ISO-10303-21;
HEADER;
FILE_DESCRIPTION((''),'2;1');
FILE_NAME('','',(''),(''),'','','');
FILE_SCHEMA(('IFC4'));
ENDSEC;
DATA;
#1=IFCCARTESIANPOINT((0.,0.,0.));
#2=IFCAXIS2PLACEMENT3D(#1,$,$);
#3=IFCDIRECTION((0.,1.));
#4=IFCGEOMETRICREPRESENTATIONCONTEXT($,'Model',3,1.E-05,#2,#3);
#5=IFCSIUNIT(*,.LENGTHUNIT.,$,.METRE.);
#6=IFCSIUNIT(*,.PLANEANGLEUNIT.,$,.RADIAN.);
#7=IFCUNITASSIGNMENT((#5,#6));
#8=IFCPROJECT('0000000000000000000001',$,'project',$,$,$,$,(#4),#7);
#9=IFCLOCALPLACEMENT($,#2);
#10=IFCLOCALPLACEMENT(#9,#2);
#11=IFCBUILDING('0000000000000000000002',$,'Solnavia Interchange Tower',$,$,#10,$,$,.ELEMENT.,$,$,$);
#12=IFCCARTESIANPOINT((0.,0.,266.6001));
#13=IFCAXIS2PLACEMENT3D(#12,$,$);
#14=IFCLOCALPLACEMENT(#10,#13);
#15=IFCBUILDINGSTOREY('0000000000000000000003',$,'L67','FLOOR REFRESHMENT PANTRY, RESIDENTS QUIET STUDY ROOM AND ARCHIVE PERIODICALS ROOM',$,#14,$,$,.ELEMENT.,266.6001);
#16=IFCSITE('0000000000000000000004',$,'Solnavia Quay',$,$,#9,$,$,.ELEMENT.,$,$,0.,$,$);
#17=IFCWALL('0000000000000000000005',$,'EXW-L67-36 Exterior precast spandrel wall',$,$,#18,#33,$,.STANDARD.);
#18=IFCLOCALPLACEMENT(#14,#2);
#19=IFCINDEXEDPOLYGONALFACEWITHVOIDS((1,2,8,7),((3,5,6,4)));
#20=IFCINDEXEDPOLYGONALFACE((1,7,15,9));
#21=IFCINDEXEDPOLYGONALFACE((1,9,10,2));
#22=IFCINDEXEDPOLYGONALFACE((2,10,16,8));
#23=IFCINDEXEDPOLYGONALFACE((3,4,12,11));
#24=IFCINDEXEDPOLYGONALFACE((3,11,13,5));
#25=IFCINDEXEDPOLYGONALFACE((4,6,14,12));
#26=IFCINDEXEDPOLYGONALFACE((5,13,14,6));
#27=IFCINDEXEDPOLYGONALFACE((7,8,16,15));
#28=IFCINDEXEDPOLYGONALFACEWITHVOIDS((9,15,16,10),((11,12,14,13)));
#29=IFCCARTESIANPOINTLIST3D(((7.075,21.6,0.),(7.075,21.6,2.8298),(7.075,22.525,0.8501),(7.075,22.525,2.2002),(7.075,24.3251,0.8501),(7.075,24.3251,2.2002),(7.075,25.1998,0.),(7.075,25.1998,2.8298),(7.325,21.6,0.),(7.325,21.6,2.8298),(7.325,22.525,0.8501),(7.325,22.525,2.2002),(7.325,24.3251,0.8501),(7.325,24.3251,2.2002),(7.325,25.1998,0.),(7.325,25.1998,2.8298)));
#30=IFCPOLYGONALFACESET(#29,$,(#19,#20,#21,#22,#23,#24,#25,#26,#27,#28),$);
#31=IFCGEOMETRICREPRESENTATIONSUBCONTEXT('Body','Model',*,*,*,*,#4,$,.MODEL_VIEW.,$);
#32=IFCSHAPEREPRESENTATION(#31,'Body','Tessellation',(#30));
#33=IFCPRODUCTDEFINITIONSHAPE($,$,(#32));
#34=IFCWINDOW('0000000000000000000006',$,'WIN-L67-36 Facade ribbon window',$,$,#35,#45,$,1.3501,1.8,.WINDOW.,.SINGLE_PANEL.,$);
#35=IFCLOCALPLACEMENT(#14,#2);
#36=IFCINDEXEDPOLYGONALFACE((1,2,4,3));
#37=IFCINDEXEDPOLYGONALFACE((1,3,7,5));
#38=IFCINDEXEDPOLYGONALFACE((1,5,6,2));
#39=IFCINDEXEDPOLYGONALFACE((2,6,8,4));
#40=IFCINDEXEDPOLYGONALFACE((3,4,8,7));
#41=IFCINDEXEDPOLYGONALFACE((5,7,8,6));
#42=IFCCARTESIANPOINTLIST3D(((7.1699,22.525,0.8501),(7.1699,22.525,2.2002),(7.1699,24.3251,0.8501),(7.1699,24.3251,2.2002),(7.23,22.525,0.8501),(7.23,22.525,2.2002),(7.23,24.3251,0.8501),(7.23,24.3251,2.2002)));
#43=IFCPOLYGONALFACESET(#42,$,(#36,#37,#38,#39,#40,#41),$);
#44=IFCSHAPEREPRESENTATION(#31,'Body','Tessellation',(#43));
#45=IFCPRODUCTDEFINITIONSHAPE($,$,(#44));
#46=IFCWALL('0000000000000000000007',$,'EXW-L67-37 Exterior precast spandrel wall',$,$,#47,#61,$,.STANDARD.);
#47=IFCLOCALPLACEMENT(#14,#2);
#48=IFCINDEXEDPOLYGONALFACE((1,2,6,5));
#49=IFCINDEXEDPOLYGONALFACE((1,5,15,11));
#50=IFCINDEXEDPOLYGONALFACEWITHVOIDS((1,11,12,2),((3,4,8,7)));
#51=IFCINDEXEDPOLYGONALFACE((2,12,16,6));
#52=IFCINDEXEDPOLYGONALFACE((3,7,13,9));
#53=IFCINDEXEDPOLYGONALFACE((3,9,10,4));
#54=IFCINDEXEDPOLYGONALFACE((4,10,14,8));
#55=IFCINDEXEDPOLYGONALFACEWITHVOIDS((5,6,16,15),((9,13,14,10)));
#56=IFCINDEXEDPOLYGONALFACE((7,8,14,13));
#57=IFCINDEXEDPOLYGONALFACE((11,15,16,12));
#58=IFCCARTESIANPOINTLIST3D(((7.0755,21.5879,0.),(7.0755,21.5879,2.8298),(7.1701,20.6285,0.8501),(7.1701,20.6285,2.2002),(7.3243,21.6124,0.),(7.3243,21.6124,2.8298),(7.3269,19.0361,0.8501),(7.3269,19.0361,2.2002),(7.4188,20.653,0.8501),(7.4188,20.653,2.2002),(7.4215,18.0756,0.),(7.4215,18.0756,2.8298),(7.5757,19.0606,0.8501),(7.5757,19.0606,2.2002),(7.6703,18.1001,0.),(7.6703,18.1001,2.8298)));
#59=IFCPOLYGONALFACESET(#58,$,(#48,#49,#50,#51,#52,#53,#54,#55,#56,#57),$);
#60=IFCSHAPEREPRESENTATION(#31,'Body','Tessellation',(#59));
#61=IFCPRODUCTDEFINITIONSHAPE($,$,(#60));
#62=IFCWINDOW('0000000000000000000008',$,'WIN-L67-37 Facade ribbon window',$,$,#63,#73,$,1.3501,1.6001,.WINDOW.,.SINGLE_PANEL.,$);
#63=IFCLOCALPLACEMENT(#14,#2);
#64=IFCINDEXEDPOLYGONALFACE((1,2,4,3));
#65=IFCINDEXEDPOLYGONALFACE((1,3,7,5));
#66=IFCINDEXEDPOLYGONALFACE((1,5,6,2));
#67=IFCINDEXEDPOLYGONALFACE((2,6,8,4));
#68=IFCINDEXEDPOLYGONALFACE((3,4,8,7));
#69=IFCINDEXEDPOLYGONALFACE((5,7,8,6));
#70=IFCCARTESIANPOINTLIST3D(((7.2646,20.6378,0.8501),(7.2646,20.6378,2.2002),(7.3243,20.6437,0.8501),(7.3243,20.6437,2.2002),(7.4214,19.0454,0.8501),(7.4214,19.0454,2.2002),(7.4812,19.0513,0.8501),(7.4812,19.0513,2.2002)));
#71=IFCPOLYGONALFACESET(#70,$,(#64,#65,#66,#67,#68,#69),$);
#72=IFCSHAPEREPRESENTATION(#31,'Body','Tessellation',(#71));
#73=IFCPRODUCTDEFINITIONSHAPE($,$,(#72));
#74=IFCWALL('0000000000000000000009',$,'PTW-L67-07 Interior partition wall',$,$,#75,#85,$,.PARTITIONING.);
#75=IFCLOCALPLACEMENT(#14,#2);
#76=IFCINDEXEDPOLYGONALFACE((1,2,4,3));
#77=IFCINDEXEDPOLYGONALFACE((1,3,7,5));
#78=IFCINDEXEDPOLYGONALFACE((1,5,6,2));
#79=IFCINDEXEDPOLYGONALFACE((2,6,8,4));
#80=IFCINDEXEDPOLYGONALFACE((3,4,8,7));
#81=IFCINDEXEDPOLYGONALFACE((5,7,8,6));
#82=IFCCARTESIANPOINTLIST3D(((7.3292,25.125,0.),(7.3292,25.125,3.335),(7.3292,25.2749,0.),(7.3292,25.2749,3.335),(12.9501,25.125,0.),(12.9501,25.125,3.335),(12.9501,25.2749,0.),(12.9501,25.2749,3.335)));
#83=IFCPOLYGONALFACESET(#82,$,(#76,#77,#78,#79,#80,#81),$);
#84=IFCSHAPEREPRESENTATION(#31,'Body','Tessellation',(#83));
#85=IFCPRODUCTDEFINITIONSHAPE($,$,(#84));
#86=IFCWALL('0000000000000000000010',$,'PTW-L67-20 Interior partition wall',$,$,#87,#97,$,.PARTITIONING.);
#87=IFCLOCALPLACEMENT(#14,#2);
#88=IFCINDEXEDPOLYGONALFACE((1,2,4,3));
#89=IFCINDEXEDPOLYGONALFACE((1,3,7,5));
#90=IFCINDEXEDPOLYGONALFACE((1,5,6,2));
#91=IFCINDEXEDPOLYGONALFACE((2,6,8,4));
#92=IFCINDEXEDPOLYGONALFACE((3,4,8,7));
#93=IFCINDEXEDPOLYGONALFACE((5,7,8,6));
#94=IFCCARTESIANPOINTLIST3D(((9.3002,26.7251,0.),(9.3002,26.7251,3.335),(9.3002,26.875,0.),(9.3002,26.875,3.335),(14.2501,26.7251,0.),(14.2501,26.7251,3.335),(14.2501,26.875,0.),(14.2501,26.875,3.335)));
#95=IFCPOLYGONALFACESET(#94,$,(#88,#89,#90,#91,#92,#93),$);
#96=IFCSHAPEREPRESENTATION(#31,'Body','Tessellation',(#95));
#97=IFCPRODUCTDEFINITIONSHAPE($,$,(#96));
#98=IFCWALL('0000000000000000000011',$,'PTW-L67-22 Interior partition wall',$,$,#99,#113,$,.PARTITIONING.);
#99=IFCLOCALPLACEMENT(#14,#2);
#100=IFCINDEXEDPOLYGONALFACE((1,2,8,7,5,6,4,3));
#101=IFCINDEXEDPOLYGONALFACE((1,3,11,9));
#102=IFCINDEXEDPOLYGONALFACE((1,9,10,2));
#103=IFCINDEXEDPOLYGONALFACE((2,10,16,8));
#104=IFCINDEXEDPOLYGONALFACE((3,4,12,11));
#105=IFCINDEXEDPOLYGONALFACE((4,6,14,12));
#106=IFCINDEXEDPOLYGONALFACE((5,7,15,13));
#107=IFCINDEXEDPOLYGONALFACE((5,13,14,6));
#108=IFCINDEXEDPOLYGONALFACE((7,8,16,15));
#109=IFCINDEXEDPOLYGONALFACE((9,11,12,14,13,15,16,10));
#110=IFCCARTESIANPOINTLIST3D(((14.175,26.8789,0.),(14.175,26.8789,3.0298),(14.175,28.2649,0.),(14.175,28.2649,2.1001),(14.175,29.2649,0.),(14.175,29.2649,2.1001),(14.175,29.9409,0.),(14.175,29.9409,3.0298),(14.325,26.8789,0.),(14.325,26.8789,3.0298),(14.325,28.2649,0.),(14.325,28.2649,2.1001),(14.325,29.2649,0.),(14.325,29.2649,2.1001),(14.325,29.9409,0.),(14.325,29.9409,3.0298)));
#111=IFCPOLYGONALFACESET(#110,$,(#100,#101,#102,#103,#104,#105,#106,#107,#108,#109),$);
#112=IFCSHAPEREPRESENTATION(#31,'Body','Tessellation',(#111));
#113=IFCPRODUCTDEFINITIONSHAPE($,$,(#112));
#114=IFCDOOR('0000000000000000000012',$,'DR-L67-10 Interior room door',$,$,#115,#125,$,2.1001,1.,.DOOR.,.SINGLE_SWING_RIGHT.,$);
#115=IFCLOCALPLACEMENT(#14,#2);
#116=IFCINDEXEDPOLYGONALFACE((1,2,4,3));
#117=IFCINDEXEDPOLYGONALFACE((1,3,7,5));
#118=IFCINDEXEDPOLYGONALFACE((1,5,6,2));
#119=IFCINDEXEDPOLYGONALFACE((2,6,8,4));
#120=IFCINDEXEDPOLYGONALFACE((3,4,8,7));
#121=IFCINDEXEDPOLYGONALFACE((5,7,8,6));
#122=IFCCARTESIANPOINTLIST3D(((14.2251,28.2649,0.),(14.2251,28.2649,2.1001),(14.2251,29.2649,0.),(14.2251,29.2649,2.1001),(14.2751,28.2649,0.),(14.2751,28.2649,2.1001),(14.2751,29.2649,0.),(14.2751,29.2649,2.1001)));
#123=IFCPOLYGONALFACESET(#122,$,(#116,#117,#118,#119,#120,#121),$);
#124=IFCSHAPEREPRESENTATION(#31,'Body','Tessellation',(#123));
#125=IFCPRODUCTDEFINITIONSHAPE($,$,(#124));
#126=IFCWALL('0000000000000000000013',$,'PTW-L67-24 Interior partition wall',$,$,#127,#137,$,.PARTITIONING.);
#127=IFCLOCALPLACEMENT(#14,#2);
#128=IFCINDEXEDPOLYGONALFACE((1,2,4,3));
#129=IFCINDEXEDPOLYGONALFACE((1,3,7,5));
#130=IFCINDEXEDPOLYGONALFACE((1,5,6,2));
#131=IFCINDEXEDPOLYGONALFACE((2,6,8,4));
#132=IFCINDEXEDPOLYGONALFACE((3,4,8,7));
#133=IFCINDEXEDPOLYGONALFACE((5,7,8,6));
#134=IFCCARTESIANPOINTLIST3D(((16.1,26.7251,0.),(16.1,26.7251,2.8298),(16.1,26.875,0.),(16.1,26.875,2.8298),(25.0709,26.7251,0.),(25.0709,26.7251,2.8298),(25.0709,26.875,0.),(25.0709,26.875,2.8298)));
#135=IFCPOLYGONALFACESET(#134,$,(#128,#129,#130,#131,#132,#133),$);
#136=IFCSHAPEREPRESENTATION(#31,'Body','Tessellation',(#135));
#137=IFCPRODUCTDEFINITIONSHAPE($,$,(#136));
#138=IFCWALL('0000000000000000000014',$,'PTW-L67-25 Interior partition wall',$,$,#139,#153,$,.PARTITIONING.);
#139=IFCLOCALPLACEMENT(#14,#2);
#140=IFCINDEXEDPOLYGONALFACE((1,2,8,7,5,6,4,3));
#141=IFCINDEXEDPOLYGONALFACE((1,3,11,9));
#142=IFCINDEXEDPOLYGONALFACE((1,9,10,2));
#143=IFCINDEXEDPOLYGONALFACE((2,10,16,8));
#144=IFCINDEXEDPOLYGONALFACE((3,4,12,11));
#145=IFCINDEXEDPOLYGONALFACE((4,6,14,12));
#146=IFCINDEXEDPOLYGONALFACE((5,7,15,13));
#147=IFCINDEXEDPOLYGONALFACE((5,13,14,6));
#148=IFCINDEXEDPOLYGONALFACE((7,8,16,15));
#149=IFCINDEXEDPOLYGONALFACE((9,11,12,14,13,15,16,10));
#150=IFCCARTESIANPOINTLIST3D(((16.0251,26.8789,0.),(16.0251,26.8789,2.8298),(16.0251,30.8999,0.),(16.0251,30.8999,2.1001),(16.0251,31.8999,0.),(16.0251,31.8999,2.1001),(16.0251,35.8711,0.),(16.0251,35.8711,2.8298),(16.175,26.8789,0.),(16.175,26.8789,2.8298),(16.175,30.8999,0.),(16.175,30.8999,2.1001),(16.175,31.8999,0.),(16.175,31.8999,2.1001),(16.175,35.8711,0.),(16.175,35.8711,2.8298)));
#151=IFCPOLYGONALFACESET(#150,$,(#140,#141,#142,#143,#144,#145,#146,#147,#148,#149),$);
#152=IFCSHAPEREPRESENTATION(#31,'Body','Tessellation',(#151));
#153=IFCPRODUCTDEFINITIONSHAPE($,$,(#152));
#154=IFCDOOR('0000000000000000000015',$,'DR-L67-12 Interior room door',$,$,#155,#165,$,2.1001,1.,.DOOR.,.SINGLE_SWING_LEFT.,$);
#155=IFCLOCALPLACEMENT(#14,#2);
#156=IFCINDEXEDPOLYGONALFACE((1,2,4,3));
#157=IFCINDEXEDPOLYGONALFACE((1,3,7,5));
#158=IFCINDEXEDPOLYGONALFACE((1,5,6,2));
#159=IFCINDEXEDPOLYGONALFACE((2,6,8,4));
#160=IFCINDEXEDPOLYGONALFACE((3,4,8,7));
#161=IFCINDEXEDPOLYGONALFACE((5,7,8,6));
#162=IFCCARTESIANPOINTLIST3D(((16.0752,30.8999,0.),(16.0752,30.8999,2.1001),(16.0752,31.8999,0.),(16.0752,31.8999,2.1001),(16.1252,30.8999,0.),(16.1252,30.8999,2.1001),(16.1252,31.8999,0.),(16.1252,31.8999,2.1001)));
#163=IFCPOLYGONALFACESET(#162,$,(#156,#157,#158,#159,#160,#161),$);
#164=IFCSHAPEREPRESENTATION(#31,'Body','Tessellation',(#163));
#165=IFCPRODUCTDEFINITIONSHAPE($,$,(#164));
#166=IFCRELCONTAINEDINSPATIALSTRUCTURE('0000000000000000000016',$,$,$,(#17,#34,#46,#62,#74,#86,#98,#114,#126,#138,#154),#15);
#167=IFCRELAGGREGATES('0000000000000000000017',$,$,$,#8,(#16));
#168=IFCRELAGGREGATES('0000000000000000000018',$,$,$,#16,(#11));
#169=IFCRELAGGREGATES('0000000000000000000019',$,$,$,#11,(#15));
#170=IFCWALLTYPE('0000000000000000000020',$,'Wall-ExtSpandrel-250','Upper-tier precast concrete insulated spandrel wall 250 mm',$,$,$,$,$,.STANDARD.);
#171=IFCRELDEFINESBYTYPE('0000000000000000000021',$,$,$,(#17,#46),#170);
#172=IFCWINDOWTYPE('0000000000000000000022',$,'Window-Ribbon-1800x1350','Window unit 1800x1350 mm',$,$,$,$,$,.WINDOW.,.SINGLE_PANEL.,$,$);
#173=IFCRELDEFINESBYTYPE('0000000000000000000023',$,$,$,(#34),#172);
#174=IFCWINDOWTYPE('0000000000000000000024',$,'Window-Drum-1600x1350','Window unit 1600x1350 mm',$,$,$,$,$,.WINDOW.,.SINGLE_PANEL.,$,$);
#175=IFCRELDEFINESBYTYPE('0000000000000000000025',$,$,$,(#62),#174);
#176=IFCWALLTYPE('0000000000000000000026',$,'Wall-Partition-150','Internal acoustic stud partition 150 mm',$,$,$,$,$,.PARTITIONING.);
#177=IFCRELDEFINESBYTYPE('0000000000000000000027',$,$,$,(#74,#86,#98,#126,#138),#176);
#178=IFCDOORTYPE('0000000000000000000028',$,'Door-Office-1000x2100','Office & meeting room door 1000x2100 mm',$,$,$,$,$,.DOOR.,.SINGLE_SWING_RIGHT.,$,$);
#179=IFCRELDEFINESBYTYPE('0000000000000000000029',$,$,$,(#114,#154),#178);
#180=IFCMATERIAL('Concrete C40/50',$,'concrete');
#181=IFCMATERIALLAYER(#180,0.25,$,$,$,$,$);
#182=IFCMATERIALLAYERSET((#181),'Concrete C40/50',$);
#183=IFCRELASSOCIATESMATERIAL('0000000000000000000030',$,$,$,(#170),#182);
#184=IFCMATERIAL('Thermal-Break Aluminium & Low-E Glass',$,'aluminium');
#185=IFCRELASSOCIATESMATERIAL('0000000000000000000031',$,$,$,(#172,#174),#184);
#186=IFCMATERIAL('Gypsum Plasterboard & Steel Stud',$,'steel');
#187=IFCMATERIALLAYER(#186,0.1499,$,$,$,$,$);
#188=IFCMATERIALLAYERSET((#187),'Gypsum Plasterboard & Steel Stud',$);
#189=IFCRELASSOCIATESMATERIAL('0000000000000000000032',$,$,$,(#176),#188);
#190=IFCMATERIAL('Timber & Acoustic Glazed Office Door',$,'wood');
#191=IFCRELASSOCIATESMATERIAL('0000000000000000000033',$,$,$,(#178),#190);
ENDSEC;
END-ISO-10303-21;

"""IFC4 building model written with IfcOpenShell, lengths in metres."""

from ifc_helpers import new_model, si_unit, direction, frame, frame_2d, origin, place, context, subcontext, project, spatial, rectangle, extrude, material, layer, layer_set, type_object, element, fill, save


model = new_model("IFC4")

# Units and contexts
model_context = context("Model", 3, precision=1e-05, world=origin(), true_north=direction((0.0, 1.0)))
body_context = subcontext(model_context, "Body", "Model", "MODEL_VIEW")
ifc_project = project(units=[si_unit("LENGTHUNIT", "METRE"), si_unit("PLANEANGLEUNIT", "RADIAN")], contexts=[model_context])

# Site, building, storey
site_placement = place(None, origin())
site = spatial("IfcSite", under=ifc_project, at=site_placement, Name="Solnavia Quay", CompositionType="ELEMENT", RefElevation=0.0)
building_placement = place(site_placement, origin())
building = spatial("IfcBuilding", under=site, at=building_placement, Name="Solnavia Interchange Tower", CompositionType="ELEMENT")
storey_placement = place(building_placement, frame((0.0, 0.0, 266.6001)))
storey = spatial("IfcBuildingStorey", under=building, at=storey_placement, Name="L67", Description="FLOOR REFRESHMENT PANTRY, RESIDENTS QUIET STUDY ROOM AND ARCHIVE PERIODICALS ROOM", CompositionType="ELEMENT", Elevation=266.6001)

# Walls, openings, windows
ifc_material_1 = material(Name="Concrete C40/50", Category="concrete")
ifc_layer_1 = layer(ifc_material_1, 0.25)
ifc_layer_set_1 = layer_set([ifc_layer_1], Name="Concrete C40/50")
wall_type_1 = type_object("IfcWallType", Name="Wall-ExtSpandrel-250", Description="Upper-tier precast concrete insulated spandrel wall 250 mm", PredefinedType="STANDARD", material=ifc_layer_set_1)
ifc_material_2 = material(Name="Thermal-Break Aluminium & Low-E Glass", Category="aluminium")
window_type_1 = type_object("IfcWindowType", Name="Window-Ribbon-1800x1350", Description="Window unit 1800x1350 mm", PartitioningType="SINGLE_PANEL", PredefinedType="WINDOW", material=ifc_material_2)
wall_1_placement = place(storey_placement, frame((7.2, 21.6001, 0.0), z_axis=(0.0, 0.0, 1.0), x_axis=(0.0, 1.0, 0.0)))
wall_1 = element("IfcWall", 1, at=wall_1_placement, inside=storey, type_object=wall_type_1, Name="EXW-L67-36 Exterior precast spandrel wall", PredefinedType="STANDARD", context=body_context, shape_type="SweptSolid", body=[
    extrude(rectangle(XDim=3.5999, YDim=0.25, at=frame_2d((1.7998, 0.0))), origin(), (0.0, 0.0, 1.0), 2.8298),
])
opening_1_placement = place(wall_1_placement, frame((0.925, 0.0, 0.8501)))
opening_1 = element("IfcOpeningElement", 2, at=opening_1_placement, cuts=wall_1, PredefinedType="OPENING", context=body_context, shape_type="SweptSolid", body=[
    extrude(rectangle(XDim=1.8, YDim=1.3501, at=frame_2d((0.8999, 0.675))), frame((0.0, 0.135, 0.0), z_axis=(0.0, -1.0, 0.0), x_axis=(1.0, 0.0, 0.0)), (0.0, 0.0, 1.0), 0.27),
])
window_1_placement = place(opening_1_placement, origin())
window_1 = element("IfcWindow", 3, at=window_1_placement, inside=storey, type_object=window_type_1, Name="WIN-L67-36 Facade ribbon window", OverallHeight=1.3501, OverallWidth=1.8, PartitioningType="SINGLE_PANEL", PredefinedType="WINDOW", context=body_context, shape_type="SweptSolid", body=[
    extrude(rectangle(XDim=1.8, YDim=1.3501, at=frame_2d((0.8999, 0.675))), frame((0.0, 0.03, 0.0), z_axis=(0.0, -1.0, 0.0), x_axis=(1.0, 0.0, 0.0)), (0.0, 0.0, 1.0), 0.0601),
])
fill(opening_1, window_1)
wall_2_placement = place(storey_placement, frame((7.5459, 18.0879, 0.0), z_axis=(0.0, 0.0, 1.0), x_axis=(-0.098024, 0.995184, 0.0)))
wall_2 = element("IfcWall", 4, at=wall_2_placement, inside=storey, type_object=wall_type_1, Name="EXW-L67-37 Exterior precast spandrel wall", PredefinedType="STANDARD", context=body_context, shape_type="SweptSolid", body=[
    extrude(rectangle(XDim=3.5293, YDim=0.25, at=frame_2d((1.7646, 0.0))), origin(), (0.0, 0.0, 1.0), 2.8298),
])
opening_2_placement = place(wall_2_placement, frame((0.9651, 0.0, 0.8501)))
opening_2 = element("IfcOpeningElement", 5, at=opening_2_placement, cuts=wall_2, PredefinedType="OPENING", context=body_context, shape_type="SweptSolid", body=[
    extrude(rectangle(XDim=1.6001, YDim=1.3501, at=frame_2d((0.8, 0.675))), frame((0.0, 0.135, 0.0), z_axis=(0.0, -1.0, 0.0), x_axis=(1.0, 0.0, 0.0)), (0.0, 0.0, 1.0), 0.27),
])
window_type_2 = type_object("IfcWindowType", Name="Window-Drum-1600x1350", Description="Window unit 1600x1350 mm", PartitioningType="SINGLE_PANEL", PredefinedType="WINDOW", material=ifc_material_2)
window_2_placement = place(opening_2_placement, origin())
window_2 = element("IfcWindow", 6, at=window_2_placement, inside=storey, type_object=window_type_2, Name="WIN-L67-37 Facade ribbon window", OverallHeight=1.3501, OverallWidth=1.6001, PartitioningType="SINGLE_PANEL", PredefinedType="WINDOW", context=body_context, shape_type="SweptSolid", body=[
    extrude(rectangle(XDim=1.6001, YDim=1.3501, at=frame_2d((0.8, 0.675))), frame((0.0, 0.03, 0.0), z_axis=(0.0, -1.0, 0.0), x_axis=(1.0, 0.0, 0.0)), (0.0, 0.0, 1.0), 0.0601),
])
fill(opening_2, window_2)

# Walls
ifc_material_3 = material(Name="Gypsum Plasterboard & Steel Stud", Category="steel")
ifc_layer_2 = layer(ifc_material_3, 0.1499)
ifc_layer_set_2 = layer_set([ifc_layer_2], Name="Gypsum Plasterboard & Steel Stud")
wall_type_2 = type_object("IfcWallType", Name="Wall-Partition-150", Description="Internal acoustic stud partition 150 mm", PredefinedType="PARTITIONING", material=ifc_layer_set_2)
wall_3_placement = place(storey_placement, frame((7.3291, 25.2, 0.0), z_axis=(0.0, 0.0, 1.0), x_axis=(1.0, 0.0, 0.0)))
element("IfcWall", 7, at=wall_3_placement, inside=storey, type_object=wall_type_2, Name="PTW-L67-07 Interior partition wall", PredefinedType="PARTITIONING", context=body_context, shape_type="SweptSolid", body=[
    extrude(rectangle(XDim=5.6208, YDim=0.1499, at=frame_2d((2.8105, 0.0))), origin(), (0.0, 0.0, 1.0), 3.335),
])
wall_4_placement = place(storey_placement, frame((9.3, 26.8, 0.0), z_axis=(0.0, 0.0, 1.0), x_axis=(1.0, 0.0, 0.0)))
element("IfcWall", 8, at=wall_4_placement, inside=storey, type_object=wall_type_2, Name="PTW-L67-20 Interior partition wall", PredefinedType="PARTITIONING", context=body_context, shape_type="SweptSolid", body=[
    extrude(rectangle(XDim=4.95, YDim=0.1499, at=frame_2d((2.4751, 0.0))), origin(), (0.0, 0.0, 1.0), 3.335),
])

# Wall, opening, door
wall_5_placement = place(storey_placement, frame((14.25, 26.8789, 0.0), z_axis=(0.0, 0.0, 1.0), x_axis=(0.0, 1.0, 0.0)))
wall_5 = element("IfcWall", 9, at=wall_5_placement, inside=storey, type_object=wall_type_2, Name="PTW-L67-22 Interior partition wall", PredefinedType="PARTITIONING", context=body_context, shape_type="SweptSolid", body=[
    extrude(rectangle(XDim=3.062, YDim=0.1499, at=frame_2d((1.531, 0.0))), origin(), (0.0, 0.0, 1.0), 3.0298),
])
opening_3_placement = place(wall_5_placement, frame((1.386, 0.0, 0.0)))
opening_3 = element("IfcOpeningElement", 10, at=opening_3_placement, cuts=wall_5, PredefinedType="OPENING", context=body_context, shape_type="SweptSolid", body=[
    extrude(rectangle(XDim=1.0, YDim=2.1001, at=frame_2d((0.5, 1.05))), frame((0.0, 0.085, 0.0), z_axis=(0.0, -1.0, 0.0), x_axis=(1.0, 0.0, 0.0)), (0.0, 0.0, 1.0), 0.1699),
])
ifc_material_4 = material(Name="Timber & Acoustic Glazed Office Door", Category="wood")
door_type = type_object("IfcDoorType", Name="Door-Office-1000x2100", Description="Office & meeting room door 1000x2100 mm", OperationType="SINGLE_SWING_RIGHT", PredefinedType="DOOR", material=ifc_material_4)
door_1_placement = place(opening_3_placement, origin())
door_1 = element("IfcDoor", 11, at=door_1_placement, inside=storey, type_object=door_type, Name="DR-L67-10 Interior room door", OperationType="SINGLE_SWING_RIGHT", OverallHeight=2.1001, OverallWidth=1.0, PredefinedType="DOOR", context=body_context, shape_type="SweptSolid", body=[
    extrude(rectangle(XDim=1.0, YDim=2.1001, at=frame_2d((0.5, 1.05))), frame((0.0, 0.0249, 0.0), z_axis=(0.0, -1.0, 0.0), x_axis=(1.0, 0.0, 0.0)), (0.0, 0.0, 1.0), 0.05),
])
fill(opening_3, door_1)

# Wall
wall_6_placement = place(storey_placement, frame((16.1001, 26.8, 0.0), z_axis=(0.0, 0.0, 1.0), x_axis=(1.0, 0.0, 0.0)))
element("IfcWall", 12, at=wall_6_placement, inside=storey, type_object=wall_type_2, Name="PTW-L67-24 Interior partition wall", PredefinedType="PARTITIONING", context=body_context, shape_type="SweptSolid", body=[
    extrude(rectangle(XDim=8.9709, YDim=0.1499, at=frame_2d((4.4854, 0.0))), origin(), (0.0, 0.0, 1.0), 2.8298),
])

# Wall, opening, door
wall_7_placement = place(storey_placement, frame((16.1001, 26.8789, 0.0), z_axis=(0.0, 0.0, 1.0), x_axis=(0.0, 1.0, 0.0)))
wall_7 = element("IfcWall", 13, at=wall_7_placement, inside=storey, type_object=wall_type_2, Name="PTW-L67-25 Interior partition wall", PredefinedType="PARTITIONING", context=body_context, shape_type="SweptSolid", body=[
    extrude(rectangle(XDim=8.9922, YDim=0.1499, at=frame_2d((4.4961, 0.0))), origin(), (0.0, 0.0, 1.0), 2.8298),
])
opening_4_placement = place(wall_7_placement, frame((4.021, 0.0, 0.0)))
opening_4 = element("IfcOpeningElement", 14, at=opening_4_placement, cuts=wall_7, PredefinedType="OPENING", context=body_context, shape_type="SweptSolid", body=[
    extrude(rectangle(XDim=1.0, YDim=2.1001, at=frame_2d((0.5, 1.05))), frame((0.0, 0.085, 0.0), z_axis=(0.0, -1.0, 0.0), x_axis=(1.0, 0.0, 0.0)), (0.0, 0.0, 1.0), 0.1699),
])
door_2_placement = place(opening_4_placement, origin())
door_2 = element("IfcDoor", 15, at=door_2_placement, inside=storey, type_object=door_type, Name="DR-L67-12 Interior room door", OperationType="SINGLE_SWING_LEFT", OverallHeight=2.1001, OverallWidth=1.0, PredefinedType="DOOR", context=body_context, shape_type="SweptSolid", body=[
    extrude(rectangle(XDim=1.0, YDim=2.1001, at=frame_2d((0.5, 1.05))), frame((0.0, 0.0249, 0.0), z_axis=(0.0, -1.0, 0.0), x_axis=(1.0, 0.0, 0.0)), (0.0, 0.0, 1.0), 0.05),
])
fill(opening_4, door_2)

save(model, "model.ifc")
